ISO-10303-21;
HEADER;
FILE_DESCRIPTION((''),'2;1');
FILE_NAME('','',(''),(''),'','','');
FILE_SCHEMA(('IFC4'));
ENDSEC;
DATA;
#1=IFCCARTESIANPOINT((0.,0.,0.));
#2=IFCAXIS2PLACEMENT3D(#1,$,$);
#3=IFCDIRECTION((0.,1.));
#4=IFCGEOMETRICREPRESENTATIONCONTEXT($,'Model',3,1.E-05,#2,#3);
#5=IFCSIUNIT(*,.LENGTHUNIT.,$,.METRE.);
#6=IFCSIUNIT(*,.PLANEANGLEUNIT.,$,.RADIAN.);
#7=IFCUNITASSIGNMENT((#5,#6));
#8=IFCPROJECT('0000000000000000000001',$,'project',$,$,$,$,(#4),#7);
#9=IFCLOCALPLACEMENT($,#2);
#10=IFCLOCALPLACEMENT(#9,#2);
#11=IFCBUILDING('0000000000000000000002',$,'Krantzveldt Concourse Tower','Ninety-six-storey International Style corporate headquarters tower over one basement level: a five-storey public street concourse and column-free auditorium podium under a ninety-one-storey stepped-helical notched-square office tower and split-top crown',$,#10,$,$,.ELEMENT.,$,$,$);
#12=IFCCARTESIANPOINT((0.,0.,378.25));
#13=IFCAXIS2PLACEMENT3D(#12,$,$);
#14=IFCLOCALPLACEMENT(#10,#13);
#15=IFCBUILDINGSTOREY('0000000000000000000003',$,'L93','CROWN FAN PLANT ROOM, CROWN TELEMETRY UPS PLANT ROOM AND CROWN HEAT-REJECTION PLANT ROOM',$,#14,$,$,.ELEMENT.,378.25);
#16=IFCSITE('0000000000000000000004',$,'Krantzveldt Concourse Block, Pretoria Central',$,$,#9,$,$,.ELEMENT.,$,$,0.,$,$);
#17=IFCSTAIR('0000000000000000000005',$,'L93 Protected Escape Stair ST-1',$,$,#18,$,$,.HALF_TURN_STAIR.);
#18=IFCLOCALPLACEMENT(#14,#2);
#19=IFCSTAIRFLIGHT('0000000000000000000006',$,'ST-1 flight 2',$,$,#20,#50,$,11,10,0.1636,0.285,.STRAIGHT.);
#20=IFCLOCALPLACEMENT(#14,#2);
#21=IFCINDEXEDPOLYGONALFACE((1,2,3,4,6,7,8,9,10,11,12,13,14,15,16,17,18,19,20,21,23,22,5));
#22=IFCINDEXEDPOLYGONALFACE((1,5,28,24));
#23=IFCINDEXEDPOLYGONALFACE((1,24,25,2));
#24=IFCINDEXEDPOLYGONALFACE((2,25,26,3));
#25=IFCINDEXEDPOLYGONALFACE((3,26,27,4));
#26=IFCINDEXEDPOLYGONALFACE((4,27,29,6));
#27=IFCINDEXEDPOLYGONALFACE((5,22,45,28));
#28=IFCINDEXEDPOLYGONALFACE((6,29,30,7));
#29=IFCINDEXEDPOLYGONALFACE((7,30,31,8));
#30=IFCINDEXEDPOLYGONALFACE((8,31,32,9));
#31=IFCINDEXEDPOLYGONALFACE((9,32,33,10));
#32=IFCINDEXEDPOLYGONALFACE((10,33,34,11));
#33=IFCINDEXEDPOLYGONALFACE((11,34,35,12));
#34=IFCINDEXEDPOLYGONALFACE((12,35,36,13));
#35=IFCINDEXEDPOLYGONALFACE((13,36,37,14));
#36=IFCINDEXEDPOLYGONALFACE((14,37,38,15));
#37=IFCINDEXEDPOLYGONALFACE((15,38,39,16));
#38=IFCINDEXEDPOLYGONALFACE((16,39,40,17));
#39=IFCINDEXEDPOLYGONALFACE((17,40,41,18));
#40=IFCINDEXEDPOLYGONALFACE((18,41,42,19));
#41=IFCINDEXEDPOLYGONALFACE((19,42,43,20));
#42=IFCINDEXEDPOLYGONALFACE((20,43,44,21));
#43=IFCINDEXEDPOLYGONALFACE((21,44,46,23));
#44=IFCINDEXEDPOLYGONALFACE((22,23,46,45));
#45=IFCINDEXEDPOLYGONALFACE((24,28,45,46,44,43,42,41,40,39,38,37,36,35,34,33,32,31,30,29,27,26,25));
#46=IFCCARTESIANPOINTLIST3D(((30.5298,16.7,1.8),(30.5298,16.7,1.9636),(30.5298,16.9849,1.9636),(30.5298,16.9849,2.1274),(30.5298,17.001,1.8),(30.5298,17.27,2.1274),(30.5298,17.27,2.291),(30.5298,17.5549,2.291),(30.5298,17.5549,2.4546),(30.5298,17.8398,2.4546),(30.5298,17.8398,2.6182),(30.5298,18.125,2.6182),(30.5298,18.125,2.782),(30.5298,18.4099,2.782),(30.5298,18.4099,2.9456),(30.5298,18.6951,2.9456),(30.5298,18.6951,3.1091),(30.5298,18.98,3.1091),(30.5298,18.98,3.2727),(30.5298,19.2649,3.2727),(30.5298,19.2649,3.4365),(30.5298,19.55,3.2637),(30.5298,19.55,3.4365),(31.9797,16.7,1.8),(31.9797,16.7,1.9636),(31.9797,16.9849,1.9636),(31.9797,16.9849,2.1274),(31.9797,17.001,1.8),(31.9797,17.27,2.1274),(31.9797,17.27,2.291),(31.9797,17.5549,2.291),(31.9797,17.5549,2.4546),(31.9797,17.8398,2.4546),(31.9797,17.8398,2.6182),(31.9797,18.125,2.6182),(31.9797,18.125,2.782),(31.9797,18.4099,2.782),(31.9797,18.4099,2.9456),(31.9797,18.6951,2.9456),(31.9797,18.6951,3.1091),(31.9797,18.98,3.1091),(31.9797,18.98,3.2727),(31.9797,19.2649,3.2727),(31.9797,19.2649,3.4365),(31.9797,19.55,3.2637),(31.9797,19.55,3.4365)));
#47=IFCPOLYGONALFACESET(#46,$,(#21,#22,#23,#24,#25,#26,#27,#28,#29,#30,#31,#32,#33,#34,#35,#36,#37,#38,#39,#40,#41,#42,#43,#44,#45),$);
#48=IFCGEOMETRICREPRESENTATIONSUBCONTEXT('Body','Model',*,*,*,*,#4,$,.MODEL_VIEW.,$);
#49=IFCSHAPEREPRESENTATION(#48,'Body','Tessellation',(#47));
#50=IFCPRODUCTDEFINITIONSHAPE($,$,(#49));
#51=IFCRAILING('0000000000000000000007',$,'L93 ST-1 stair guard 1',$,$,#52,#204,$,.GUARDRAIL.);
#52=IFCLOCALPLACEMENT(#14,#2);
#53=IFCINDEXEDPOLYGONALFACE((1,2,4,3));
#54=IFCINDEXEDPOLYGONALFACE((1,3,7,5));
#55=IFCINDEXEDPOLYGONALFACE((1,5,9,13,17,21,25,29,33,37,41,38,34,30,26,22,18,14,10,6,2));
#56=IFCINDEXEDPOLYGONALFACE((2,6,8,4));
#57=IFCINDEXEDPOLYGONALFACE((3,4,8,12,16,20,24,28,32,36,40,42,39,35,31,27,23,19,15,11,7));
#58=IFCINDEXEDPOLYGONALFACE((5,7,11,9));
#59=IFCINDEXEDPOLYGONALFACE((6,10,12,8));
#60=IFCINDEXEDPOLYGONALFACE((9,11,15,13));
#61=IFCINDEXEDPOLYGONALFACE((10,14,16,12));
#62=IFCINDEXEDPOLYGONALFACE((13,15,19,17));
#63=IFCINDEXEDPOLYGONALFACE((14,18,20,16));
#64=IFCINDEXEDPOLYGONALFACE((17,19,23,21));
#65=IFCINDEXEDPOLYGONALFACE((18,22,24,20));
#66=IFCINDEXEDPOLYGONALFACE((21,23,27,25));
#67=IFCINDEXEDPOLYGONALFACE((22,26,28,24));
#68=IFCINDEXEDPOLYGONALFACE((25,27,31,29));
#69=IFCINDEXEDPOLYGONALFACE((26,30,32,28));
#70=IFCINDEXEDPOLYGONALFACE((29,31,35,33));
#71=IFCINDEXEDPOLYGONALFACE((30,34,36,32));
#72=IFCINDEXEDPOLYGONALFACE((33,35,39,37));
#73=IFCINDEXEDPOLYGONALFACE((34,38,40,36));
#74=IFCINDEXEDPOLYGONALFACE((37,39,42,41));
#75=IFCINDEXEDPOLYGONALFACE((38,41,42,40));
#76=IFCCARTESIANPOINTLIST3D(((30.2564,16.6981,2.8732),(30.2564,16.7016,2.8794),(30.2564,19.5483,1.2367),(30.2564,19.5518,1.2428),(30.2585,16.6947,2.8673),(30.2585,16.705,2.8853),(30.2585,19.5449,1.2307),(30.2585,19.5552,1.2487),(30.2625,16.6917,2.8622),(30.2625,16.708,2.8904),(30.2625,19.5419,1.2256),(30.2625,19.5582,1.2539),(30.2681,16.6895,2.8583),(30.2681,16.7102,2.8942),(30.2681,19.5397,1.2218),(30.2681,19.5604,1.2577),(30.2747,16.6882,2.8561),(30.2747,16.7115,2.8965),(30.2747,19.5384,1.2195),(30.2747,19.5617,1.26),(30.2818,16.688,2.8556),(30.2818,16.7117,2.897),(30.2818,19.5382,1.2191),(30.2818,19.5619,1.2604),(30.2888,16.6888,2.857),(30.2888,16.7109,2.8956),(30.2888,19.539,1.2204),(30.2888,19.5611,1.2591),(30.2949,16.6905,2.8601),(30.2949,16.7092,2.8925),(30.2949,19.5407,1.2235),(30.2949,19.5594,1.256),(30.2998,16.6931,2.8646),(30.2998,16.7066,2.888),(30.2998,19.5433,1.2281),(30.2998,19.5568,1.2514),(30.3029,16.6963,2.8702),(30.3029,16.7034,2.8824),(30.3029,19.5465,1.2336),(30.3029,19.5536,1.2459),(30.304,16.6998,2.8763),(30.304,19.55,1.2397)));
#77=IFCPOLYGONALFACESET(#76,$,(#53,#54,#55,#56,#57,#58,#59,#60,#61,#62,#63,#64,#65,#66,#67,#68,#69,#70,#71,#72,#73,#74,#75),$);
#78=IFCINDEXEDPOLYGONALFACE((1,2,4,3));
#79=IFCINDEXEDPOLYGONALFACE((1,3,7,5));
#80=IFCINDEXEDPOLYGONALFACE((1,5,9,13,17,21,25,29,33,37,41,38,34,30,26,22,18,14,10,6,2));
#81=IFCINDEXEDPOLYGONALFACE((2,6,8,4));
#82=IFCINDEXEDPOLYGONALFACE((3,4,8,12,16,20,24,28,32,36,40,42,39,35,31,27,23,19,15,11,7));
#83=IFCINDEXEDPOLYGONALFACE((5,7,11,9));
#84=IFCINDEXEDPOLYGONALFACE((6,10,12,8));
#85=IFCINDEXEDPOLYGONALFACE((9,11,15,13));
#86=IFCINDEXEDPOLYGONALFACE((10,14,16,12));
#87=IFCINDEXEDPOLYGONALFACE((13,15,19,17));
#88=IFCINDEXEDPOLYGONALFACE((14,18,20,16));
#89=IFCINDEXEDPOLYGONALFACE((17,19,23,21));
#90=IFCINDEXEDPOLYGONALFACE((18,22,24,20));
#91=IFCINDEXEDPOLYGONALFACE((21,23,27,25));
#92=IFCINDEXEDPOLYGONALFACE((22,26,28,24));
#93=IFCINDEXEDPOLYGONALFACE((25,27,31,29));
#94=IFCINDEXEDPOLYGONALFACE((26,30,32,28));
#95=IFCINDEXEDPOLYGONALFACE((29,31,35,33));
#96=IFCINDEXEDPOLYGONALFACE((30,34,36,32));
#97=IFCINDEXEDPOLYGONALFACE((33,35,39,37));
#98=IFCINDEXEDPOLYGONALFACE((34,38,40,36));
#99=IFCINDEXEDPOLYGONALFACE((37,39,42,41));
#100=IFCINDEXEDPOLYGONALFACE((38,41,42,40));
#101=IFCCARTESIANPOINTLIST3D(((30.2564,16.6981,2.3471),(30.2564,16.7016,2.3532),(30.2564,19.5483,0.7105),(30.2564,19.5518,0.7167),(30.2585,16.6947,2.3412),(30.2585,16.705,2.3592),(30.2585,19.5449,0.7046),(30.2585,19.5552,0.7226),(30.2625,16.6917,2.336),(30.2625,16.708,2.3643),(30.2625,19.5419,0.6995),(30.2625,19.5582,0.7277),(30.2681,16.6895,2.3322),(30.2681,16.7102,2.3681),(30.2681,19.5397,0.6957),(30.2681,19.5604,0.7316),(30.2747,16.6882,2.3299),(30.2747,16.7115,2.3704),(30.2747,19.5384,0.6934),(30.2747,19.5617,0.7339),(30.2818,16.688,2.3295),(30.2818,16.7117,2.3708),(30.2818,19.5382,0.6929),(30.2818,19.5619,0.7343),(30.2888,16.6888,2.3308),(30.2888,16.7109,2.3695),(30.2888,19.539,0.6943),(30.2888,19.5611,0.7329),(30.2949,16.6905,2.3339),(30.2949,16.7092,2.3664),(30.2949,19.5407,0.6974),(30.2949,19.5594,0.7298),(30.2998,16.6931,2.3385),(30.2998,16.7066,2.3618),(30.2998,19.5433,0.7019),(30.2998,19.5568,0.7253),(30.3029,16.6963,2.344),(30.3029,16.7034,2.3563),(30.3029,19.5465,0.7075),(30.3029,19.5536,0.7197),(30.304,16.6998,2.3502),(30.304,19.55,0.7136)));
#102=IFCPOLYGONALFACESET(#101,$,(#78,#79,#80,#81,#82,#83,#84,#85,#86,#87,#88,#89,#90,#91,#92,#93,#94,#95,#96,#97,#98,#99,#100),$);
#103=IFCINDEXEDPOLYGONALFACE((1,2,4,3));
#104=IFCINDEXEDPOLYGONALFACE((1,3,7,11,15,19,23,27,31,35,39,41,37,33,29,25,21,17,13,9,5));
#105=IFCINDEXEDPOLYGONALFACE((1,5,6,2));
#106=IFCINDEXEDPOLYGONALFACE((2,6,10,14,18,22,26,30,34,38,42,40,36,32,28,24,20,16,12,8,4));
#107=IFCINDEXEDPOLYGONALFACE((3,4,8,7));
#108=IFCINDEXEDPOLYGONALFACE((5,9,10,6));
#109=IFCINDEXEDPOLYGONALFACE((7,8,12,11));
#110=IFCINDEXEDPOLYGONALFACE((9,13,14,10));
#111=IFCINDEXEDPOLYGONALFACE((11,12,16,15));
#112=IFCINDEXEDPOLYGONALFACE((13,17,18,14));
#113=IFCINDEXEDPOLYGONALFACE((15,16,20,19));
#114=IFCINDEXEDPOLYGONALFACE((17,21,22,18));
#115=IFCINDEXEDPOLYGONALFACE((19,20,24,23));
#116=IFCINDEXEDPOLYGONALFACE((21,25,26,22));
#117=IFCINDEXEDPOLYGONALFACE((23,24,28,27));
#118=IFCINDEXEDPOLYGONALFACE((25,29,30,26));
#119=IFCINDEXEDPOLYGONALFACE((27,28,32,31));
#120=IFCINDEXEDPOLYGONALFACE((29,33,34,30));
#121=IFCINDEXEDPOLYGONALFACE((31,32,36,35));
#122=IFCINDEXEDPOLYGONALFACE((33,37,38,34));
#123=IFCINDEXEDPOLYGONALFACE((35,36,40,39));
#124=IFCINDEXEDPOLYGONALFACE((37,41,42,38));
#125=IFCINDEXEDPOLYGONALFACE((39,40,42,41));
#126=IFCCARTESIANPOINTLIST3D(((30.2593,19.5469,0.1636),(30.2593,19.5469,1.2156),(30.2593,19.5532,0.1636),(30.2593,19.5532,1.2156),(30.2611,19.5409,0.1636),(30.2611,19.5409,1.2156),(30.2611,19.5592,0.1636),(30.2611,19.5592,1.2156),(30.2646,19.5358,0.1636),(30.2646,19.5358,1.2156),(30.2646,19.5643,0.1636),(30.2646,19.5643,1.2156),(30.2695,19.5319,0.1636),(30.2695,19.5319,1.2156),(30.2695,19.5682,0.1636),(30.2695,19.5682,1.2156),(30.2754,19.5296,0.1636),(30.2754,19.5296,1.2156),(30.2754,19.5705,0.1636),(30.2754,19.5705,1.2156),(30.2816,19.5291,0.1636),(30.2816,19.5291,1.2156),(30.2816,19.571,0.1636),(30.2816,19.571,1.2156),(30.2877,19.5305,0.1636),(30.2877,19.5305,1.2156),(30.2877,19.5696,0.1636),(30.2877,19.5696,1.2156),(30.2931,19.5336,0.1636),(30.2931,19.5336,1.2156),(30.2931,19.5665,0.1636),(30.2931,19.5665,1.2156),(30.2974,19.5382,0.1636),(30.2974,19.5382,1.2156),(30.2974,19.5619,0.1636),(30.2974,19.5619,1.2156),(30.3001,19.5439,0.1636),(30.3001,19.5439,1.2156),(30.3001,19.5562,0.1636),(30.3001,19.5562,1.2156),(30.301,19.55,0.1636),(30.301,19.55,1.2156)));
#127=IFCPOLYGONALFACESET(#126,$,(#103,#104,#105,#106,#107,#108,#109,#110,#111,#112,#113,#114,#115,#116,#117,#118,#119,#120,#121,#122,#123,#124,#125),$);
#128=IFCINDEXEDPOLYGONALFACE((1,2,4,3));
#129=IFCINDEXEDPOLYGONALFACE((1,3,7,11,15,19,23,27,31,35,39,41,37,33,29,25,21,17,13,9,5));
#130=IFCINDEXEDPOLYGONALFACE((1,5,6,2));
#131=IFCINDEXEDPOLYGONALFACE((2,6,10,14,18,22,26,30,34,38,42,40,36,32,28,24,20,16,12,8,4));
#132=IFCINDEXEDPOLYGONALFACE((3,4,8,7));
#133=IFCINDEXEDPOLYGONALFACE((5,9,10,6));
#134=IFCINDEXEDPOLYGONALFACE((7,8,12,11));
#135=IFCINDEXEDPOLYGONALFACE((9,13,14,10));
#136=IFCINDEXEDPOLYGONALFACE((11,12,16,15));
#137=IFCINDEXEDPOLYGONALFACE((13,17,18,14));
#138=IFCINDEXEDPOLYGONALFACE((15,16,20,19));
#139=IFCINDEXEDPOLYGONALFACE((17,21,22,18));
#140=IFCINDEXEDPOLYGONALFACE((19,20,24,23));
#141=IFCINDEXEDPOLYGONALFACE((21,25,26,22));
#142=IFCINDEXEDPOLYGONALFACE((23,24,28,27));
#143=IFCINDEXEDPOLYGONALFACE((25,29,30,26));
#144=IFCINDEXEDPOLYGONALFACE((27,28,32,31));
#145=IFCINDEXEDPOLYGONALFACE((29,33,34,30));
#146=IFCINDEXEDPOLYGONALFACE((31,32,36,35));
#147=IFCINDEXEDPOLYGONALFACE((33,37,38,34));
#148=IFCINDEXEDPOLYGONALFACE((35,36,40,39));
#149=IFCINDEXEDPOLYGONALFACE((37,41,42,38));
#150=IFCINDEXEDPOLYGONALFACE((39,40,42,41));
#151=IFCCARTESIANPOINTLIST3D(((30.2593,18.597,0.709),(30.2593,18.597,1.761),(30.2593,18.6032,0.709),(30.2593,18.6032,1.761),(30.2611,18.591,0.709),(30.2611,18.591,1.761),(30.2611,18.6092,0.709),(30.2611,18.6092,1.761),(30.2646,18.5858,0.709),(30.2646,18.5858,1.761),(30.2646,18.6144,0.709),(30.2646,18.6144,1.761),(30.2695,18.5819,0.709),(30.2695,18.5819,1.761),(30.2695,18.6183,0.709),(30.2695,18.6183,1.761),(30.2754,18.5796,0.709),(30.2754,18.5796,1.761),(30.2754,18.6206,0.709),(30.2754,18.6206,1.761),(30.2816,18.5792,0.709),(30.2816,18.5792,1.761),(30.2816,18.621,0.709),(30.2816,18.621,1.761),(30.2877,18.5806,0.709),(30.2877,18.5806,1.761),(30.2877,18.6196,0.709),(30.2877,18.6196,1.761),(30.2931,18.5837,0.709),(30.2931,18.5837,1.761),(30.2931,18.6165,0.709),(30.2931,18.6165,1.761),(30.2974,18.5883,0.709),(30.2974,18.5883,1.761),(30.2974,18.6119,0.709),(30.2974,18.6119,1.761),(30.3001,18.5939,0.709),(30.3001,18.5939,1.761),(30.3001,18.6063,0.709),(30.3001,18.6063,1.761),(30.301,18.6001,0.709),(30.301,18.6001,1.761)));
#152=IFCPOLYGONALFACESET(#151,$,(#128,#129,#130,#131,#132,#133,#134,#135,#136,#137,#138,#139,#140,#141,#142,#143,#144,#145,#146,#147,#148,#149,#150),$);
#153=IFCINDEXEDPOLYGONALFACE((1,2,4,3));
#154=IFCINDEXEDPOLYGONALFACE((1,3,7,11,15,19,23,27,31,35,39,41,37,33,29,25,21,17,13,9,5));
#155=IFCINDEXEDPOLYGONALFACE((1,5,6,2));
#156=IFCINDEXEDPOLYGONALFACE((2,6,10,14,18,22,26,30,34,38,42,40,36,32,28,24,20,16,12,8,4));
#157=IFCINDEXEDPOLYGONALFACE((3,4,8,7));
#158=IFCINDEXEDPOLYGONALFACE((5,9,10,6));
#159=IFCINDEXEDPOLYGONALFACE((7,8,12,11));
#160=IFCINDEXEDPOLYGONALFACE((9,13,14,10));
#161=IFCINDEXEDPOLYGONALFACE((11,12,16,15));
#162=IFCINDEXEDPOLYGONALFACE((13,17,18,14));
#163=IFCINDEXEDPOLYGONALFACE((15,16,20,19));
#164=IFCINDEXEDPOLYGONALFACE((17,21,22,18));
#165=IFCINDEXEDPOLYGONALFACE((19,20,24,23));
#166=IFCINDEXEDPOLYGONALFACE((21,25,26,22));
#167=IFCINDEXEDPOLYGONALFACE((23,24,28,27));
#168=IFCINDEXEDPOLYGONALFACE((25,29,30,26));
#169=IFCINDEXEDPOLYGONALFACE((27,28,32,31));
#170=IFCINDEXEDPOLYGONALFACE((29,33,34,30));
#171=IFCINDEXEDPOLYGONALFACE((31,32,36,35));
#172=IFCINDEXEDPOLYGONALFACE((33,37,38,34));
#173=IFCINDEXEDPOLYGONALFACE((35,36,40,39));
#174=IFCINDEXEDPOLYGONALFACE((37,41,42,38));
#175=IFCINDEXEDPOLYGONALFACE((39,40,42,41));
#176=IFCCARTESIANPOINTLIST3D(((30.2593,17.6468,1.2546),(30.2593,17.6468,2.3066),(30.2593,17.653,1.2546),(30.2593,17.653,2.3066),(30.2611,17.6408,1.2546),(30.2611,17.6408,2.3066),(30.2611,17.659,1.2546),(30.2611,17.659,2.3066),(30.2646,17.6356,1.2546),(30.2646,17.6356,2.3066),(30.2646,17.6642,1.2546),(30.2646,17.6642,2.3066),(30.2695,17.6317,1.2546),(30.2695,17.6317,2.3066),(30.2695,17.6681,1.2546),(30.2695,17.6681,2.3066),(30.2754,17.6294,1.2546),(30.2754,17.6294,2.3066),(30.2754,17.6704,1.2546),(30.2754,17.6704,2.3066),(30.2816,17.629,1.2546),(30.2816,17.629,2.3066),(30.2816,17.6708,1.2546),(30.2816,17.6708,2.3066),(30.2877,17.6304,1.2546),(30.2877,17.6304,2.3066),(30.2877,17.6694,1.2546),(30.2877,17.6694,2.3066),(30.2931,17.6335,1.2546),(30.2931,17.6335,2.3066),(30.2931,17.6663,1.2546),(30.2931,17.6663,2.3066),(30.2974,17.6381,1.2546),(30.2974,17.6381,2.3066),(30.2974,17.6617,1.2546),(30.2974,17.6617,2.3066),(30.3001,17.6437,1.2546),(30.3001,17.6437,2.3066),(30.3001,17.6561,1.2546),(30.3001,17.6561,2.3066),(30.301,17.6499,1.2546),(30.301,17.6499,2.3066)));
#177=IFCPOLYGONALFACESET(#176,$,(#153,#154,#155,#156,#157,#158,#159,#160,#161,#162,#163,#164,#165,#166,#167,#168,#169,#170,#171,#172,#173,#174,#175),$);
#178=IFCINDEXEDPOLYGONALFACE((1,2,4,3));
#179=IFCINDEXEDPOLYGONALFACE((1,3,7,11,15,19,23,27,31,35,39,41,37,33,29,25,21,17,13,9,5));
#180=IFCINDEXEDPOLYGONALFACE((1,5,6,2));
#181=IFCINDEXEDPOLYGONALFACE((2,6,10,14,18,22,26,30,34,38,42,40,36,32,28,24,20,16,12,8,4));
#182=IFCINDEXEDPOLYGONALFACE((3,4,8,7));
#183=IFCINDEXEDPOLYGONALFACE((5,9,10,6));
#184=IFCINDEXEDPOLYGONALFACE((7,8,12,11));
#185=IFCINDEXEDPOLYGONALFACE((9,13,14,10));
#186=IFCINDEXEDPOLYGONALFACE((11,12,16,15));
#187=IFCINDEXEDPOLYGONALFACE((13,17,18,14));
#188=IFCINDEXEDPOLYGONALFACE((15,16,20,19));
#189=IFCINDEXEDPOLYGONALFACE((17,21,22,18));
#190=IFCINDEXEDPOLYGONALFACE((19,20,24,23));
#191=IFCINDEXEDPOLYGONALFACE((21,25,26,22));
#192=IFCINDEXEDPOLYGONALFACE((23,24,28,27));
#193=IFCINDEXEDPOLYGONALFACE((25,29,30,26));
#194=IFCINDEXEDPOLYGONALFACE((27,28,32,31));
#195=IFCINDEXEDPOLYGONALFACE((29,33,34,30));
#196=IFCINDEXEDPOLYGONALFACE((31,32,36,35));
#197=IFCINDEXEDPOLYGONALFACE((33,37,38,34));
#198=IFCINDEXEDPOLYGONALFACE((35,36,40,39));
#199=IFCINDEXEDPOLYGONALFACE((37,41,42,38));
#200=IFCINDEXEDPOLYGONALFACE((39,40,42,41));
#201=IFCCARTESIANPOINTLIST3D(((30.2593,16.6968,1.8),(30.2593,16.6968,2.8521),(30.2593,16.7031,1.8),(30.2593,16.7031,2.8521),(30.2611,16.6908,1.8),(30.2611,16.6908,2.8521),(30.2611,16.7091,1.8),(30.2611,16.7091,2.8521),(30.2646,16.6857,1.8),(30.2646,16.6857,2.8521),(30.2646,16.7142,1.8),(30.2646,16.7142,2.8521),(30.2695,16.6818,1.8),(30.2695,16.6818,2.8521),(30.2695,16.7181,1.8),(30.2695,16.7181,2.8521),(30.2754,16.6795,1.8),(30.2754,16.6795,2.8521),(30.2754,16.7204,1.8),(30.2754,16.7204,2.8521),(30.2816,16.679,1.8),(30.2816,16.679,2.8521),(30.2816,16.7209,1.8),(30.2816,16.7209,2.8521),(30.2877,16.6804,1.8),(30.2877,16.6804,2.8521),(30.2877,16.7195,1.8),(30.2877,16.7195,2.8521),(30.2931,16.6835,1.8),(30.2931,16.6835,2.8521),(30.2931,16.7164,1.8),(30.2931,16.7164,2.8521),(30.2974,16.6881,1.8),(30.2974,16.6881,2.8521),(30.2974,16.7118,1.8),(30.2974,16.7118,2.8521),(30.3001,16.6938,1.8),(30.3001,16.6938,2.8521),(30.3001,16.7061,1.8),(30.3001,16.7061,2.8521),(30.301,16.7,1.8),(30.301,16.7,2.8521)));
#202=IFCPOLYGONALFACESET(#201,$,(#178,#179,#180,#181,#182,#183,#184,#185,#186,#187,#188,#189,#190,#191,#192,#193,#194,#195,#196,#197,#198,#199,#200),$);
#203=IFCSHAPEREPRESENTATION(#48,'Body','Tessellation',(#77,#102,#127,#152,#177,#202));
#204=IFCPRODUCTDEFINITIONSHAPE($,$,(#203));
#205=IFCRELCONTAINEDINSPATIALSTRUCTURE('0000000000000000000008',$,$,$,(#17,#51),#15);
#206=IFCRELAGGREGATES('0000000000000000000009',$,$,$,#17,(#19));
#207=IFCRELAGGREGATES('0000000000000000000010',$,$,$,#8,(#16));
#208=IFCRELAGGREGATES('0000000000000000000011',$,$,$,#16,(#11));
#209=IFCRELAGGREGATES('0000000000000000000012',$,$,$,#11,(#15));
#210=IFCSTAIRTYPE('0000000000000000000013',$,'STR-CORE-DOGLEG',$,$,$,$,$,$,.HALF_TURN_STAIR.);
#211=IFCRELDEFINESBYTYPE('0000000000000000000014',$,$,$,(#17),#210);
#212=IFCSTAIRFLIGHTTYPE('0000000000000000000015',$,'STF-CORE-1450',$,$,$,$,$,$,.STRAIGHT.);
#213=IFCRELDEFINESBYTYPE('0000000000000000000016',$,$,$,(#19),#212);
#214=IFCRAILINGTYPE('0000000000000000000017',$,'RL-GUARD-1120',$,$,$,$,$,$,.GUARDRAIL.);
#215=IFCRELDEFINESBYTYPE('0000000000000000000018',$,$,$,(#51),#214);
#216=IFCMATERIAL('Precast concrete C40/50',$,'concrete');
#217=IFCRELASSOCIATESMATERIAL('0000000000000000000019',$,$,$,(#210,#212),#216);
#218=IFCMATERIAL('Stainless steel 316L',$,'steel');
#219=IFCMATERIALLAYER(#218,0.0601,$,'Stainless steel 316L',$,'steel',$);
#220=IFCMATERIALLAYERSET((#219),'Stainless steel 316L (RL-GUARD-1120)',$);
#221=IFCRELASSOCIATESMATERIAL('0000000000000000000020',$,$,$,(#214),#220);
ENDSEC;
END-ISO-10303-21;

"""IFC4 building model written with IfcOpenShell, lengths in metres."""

from ifc_helpers import new_model, si_unit, direction, frame, origin, origin_2d, place, context, subcontext, project, spatial, polyline, circle, outline, extrude, material, layer, layer_set, type_object, element, aggregate, save


model = new_model("IFC4")

# Units and contexts
model_context = context("Model", 3, precision=1e-05, world=origin(), true_north=direction((0.0, 1.0)))
body_context = subcontext(model_context, "Body", "Model", "MODEL_VIEW")
ifc_project = project(units=[si_unit("LENGTHUNIT", "METRE"), si_unit("PLANEANGLEUNIT", "RADIAN")], contexts=[model_context])

# Site, building, storey
site_placement = place(None, origin())
site = spatial("IfcSite", under=ifc_project, at=site_placement, Name="Krantzveldt Concourse Block, Pretoria Central", CompositionType="ELEMENT", RefElevation=0.0)
building_placement = place(site_placement, origin())
building = spatial("IfcBuilding", under=site, at=building_placement, Name="Krantzveldt Concourse Tower", Description="Ninety-six-storey International Style corporate headquarters tower over one basement level: a five-storey public street concourse and column-free auditorium podium under a ninety-one-storey stepped-helical notched-square office tower and split-top crown", CompositionType="ELEMENT")
storey_placement = place(building_placement, frame((0.0, 0.0, 378.25)))
storey = spatial("IfcBuildingStorey", under=building, at=storey_placement, Name="L93", Description="CROWN FAN PLANT ROOM, CROWN TELEMETRY UPS PLANT ROOM AND CROWN HEAT-REJECTION PLANT ROOM", CompositionType="ELEMENT", Elevation=378.25)

# Stair, stair flight
ifc_material_1 = material(Name="Precast concrete C40/50", Category="concrete")
stair_type = type_object("IfcStairType", Name="STR-CORE-DOGLEG", PredefinedType="HALF_TURN_STAIR", material=ifc_material_1)
stair_placement = place(storey_placement, origin())
stair = element("IfcStair", 1, at=stair_placement, inside=storey, type_object=stair_type, Name="L93 Protected Escape Stair ST-1", PredefinedType="HALF_TURN_STAIR")
stair_flight_type = type_object("IfcStairFlightType", Name="STF-CORE-1450", PredefinedType="STRAIGHT", material=ifc_material_1)
stair_flight_1_placement = place(storey_placement, frame((31.2549, 16.7, 1.8), z_axis=(0.0, 0.0, 1.0), x_axis=(0.0, 1.0, 0.0)))
stair_flight_1 = element("IfcStairFlight", 2, at=stair_flight_1_placement, type_object=stair_flight_type, Name="ST-1 flight 2", NumberOfRisers=11, NumberOfTreads=10, PredefinedType="STRAIGHT", RiserHeight=0.1636, TreadLength=0.285, context=body_context, shape_type="SweptSolid", body=[
    extrude(outline(polyline([(0.0, 0.0), (0.0, 0.1636), (0.2849, 0.1636), (0.2849, 0.3274), (0.5701, 0.3274), (0.5701, 0.491), (0.855, 0.491), (0.855, 0.6545), (1.1399, 0.6545), (1.1399, 0.8181), (1.425, 0.8181), (1.425, 0.9819), (1.71, 0.9819), (1.71, 1.1455), (1.9951, 1.1455), (1.9951, 1.3091), (2.28, 1.3091), (2.28, 1.4727), (2.5649, 1.4727), (2.5649, 1.6365), (2.8501, 1.6365), (2.8501, 1.8), (2.8501, 1.4636), (0.301, 0.0), (0.0, 0.0)])), frame((0.0, 0.7251, 0.0), z_axis=(0.0, -1.0, 0.0), x_axis=(1.0, 0.0, 0.0)), (0.0, 0.0, 1.0), 1.45),
])
aggregate(stair, [stair_flight_1])

# Railing
ifc_material_2 = material(Name="Stainless steel 316L", Category="steel")
ifc_layer_1 = layer(ifc_material_2, 0.0601, Name="Stainless steel 316L", Category="steel")
ifc_layer_set_1 = layer_set([ifc_layer_1], Name="Stainless steel 316L (RL-GUARD-1120)")
railing_type_1 = type_object("IfcRailingType", Name="RL-GUARD-1120", PredefinedType="GUARDRAIL", material=ifc_layer_set_1)
railing_1_placement = place(storey_placement, frame((30.28, 19.55, 0.1636)))
element("IfcRailing", 3, at=railing_1_placement, inside=storey, type_object=railing_type_1, Name="L93 ST-1 stair guard 1", PredefinedType="GUARDRAIL", context=body_context, shape_type="SweptSolid", body=[
    extrude(circle(Radius=0.0239, at=origin_2d()), frame((0.0, 0.0, 1.0762), z_axis=(0.0, -0.867213, 0.497938), x_axis=(1.0, 0.0, 0.0)), (0.0, 0.0, 1.0), 3.2866),
    extrude(circle(Radius=0.0239, at=origin_2d()), frame((0.0, 0.0, 0.55), z_axis=(0.0, -0.867213, 0.497938), x_axis=(1.0, 0.0, 0.0)), (0.0, 0.0, 1.0), 3.2866),
    extrude(circle(Radius=0.021, at=origin_2d()), origin(), (0.0, 0.0, 1.0), 1.052),
    extrude(circle(Radius=0.021, at=origin_2d()), frame((0.0, -0.95, 0.5454)), (0.0, 0.0, 1.0), 1.052),
    extrude(circle(Radius=0.021, at=origin_2d()), frame((0.0, -1.9001, 1.0911)), (0.0, 0.0, 1.0), 1.052),
    extrude(circle(Radius=0.021, at=origin_2d()), frame((0.0, -2.8501, 1.6365)), (0.0, 0.0, 1.0), 1.052),
])

save(model, "model.ifc")
